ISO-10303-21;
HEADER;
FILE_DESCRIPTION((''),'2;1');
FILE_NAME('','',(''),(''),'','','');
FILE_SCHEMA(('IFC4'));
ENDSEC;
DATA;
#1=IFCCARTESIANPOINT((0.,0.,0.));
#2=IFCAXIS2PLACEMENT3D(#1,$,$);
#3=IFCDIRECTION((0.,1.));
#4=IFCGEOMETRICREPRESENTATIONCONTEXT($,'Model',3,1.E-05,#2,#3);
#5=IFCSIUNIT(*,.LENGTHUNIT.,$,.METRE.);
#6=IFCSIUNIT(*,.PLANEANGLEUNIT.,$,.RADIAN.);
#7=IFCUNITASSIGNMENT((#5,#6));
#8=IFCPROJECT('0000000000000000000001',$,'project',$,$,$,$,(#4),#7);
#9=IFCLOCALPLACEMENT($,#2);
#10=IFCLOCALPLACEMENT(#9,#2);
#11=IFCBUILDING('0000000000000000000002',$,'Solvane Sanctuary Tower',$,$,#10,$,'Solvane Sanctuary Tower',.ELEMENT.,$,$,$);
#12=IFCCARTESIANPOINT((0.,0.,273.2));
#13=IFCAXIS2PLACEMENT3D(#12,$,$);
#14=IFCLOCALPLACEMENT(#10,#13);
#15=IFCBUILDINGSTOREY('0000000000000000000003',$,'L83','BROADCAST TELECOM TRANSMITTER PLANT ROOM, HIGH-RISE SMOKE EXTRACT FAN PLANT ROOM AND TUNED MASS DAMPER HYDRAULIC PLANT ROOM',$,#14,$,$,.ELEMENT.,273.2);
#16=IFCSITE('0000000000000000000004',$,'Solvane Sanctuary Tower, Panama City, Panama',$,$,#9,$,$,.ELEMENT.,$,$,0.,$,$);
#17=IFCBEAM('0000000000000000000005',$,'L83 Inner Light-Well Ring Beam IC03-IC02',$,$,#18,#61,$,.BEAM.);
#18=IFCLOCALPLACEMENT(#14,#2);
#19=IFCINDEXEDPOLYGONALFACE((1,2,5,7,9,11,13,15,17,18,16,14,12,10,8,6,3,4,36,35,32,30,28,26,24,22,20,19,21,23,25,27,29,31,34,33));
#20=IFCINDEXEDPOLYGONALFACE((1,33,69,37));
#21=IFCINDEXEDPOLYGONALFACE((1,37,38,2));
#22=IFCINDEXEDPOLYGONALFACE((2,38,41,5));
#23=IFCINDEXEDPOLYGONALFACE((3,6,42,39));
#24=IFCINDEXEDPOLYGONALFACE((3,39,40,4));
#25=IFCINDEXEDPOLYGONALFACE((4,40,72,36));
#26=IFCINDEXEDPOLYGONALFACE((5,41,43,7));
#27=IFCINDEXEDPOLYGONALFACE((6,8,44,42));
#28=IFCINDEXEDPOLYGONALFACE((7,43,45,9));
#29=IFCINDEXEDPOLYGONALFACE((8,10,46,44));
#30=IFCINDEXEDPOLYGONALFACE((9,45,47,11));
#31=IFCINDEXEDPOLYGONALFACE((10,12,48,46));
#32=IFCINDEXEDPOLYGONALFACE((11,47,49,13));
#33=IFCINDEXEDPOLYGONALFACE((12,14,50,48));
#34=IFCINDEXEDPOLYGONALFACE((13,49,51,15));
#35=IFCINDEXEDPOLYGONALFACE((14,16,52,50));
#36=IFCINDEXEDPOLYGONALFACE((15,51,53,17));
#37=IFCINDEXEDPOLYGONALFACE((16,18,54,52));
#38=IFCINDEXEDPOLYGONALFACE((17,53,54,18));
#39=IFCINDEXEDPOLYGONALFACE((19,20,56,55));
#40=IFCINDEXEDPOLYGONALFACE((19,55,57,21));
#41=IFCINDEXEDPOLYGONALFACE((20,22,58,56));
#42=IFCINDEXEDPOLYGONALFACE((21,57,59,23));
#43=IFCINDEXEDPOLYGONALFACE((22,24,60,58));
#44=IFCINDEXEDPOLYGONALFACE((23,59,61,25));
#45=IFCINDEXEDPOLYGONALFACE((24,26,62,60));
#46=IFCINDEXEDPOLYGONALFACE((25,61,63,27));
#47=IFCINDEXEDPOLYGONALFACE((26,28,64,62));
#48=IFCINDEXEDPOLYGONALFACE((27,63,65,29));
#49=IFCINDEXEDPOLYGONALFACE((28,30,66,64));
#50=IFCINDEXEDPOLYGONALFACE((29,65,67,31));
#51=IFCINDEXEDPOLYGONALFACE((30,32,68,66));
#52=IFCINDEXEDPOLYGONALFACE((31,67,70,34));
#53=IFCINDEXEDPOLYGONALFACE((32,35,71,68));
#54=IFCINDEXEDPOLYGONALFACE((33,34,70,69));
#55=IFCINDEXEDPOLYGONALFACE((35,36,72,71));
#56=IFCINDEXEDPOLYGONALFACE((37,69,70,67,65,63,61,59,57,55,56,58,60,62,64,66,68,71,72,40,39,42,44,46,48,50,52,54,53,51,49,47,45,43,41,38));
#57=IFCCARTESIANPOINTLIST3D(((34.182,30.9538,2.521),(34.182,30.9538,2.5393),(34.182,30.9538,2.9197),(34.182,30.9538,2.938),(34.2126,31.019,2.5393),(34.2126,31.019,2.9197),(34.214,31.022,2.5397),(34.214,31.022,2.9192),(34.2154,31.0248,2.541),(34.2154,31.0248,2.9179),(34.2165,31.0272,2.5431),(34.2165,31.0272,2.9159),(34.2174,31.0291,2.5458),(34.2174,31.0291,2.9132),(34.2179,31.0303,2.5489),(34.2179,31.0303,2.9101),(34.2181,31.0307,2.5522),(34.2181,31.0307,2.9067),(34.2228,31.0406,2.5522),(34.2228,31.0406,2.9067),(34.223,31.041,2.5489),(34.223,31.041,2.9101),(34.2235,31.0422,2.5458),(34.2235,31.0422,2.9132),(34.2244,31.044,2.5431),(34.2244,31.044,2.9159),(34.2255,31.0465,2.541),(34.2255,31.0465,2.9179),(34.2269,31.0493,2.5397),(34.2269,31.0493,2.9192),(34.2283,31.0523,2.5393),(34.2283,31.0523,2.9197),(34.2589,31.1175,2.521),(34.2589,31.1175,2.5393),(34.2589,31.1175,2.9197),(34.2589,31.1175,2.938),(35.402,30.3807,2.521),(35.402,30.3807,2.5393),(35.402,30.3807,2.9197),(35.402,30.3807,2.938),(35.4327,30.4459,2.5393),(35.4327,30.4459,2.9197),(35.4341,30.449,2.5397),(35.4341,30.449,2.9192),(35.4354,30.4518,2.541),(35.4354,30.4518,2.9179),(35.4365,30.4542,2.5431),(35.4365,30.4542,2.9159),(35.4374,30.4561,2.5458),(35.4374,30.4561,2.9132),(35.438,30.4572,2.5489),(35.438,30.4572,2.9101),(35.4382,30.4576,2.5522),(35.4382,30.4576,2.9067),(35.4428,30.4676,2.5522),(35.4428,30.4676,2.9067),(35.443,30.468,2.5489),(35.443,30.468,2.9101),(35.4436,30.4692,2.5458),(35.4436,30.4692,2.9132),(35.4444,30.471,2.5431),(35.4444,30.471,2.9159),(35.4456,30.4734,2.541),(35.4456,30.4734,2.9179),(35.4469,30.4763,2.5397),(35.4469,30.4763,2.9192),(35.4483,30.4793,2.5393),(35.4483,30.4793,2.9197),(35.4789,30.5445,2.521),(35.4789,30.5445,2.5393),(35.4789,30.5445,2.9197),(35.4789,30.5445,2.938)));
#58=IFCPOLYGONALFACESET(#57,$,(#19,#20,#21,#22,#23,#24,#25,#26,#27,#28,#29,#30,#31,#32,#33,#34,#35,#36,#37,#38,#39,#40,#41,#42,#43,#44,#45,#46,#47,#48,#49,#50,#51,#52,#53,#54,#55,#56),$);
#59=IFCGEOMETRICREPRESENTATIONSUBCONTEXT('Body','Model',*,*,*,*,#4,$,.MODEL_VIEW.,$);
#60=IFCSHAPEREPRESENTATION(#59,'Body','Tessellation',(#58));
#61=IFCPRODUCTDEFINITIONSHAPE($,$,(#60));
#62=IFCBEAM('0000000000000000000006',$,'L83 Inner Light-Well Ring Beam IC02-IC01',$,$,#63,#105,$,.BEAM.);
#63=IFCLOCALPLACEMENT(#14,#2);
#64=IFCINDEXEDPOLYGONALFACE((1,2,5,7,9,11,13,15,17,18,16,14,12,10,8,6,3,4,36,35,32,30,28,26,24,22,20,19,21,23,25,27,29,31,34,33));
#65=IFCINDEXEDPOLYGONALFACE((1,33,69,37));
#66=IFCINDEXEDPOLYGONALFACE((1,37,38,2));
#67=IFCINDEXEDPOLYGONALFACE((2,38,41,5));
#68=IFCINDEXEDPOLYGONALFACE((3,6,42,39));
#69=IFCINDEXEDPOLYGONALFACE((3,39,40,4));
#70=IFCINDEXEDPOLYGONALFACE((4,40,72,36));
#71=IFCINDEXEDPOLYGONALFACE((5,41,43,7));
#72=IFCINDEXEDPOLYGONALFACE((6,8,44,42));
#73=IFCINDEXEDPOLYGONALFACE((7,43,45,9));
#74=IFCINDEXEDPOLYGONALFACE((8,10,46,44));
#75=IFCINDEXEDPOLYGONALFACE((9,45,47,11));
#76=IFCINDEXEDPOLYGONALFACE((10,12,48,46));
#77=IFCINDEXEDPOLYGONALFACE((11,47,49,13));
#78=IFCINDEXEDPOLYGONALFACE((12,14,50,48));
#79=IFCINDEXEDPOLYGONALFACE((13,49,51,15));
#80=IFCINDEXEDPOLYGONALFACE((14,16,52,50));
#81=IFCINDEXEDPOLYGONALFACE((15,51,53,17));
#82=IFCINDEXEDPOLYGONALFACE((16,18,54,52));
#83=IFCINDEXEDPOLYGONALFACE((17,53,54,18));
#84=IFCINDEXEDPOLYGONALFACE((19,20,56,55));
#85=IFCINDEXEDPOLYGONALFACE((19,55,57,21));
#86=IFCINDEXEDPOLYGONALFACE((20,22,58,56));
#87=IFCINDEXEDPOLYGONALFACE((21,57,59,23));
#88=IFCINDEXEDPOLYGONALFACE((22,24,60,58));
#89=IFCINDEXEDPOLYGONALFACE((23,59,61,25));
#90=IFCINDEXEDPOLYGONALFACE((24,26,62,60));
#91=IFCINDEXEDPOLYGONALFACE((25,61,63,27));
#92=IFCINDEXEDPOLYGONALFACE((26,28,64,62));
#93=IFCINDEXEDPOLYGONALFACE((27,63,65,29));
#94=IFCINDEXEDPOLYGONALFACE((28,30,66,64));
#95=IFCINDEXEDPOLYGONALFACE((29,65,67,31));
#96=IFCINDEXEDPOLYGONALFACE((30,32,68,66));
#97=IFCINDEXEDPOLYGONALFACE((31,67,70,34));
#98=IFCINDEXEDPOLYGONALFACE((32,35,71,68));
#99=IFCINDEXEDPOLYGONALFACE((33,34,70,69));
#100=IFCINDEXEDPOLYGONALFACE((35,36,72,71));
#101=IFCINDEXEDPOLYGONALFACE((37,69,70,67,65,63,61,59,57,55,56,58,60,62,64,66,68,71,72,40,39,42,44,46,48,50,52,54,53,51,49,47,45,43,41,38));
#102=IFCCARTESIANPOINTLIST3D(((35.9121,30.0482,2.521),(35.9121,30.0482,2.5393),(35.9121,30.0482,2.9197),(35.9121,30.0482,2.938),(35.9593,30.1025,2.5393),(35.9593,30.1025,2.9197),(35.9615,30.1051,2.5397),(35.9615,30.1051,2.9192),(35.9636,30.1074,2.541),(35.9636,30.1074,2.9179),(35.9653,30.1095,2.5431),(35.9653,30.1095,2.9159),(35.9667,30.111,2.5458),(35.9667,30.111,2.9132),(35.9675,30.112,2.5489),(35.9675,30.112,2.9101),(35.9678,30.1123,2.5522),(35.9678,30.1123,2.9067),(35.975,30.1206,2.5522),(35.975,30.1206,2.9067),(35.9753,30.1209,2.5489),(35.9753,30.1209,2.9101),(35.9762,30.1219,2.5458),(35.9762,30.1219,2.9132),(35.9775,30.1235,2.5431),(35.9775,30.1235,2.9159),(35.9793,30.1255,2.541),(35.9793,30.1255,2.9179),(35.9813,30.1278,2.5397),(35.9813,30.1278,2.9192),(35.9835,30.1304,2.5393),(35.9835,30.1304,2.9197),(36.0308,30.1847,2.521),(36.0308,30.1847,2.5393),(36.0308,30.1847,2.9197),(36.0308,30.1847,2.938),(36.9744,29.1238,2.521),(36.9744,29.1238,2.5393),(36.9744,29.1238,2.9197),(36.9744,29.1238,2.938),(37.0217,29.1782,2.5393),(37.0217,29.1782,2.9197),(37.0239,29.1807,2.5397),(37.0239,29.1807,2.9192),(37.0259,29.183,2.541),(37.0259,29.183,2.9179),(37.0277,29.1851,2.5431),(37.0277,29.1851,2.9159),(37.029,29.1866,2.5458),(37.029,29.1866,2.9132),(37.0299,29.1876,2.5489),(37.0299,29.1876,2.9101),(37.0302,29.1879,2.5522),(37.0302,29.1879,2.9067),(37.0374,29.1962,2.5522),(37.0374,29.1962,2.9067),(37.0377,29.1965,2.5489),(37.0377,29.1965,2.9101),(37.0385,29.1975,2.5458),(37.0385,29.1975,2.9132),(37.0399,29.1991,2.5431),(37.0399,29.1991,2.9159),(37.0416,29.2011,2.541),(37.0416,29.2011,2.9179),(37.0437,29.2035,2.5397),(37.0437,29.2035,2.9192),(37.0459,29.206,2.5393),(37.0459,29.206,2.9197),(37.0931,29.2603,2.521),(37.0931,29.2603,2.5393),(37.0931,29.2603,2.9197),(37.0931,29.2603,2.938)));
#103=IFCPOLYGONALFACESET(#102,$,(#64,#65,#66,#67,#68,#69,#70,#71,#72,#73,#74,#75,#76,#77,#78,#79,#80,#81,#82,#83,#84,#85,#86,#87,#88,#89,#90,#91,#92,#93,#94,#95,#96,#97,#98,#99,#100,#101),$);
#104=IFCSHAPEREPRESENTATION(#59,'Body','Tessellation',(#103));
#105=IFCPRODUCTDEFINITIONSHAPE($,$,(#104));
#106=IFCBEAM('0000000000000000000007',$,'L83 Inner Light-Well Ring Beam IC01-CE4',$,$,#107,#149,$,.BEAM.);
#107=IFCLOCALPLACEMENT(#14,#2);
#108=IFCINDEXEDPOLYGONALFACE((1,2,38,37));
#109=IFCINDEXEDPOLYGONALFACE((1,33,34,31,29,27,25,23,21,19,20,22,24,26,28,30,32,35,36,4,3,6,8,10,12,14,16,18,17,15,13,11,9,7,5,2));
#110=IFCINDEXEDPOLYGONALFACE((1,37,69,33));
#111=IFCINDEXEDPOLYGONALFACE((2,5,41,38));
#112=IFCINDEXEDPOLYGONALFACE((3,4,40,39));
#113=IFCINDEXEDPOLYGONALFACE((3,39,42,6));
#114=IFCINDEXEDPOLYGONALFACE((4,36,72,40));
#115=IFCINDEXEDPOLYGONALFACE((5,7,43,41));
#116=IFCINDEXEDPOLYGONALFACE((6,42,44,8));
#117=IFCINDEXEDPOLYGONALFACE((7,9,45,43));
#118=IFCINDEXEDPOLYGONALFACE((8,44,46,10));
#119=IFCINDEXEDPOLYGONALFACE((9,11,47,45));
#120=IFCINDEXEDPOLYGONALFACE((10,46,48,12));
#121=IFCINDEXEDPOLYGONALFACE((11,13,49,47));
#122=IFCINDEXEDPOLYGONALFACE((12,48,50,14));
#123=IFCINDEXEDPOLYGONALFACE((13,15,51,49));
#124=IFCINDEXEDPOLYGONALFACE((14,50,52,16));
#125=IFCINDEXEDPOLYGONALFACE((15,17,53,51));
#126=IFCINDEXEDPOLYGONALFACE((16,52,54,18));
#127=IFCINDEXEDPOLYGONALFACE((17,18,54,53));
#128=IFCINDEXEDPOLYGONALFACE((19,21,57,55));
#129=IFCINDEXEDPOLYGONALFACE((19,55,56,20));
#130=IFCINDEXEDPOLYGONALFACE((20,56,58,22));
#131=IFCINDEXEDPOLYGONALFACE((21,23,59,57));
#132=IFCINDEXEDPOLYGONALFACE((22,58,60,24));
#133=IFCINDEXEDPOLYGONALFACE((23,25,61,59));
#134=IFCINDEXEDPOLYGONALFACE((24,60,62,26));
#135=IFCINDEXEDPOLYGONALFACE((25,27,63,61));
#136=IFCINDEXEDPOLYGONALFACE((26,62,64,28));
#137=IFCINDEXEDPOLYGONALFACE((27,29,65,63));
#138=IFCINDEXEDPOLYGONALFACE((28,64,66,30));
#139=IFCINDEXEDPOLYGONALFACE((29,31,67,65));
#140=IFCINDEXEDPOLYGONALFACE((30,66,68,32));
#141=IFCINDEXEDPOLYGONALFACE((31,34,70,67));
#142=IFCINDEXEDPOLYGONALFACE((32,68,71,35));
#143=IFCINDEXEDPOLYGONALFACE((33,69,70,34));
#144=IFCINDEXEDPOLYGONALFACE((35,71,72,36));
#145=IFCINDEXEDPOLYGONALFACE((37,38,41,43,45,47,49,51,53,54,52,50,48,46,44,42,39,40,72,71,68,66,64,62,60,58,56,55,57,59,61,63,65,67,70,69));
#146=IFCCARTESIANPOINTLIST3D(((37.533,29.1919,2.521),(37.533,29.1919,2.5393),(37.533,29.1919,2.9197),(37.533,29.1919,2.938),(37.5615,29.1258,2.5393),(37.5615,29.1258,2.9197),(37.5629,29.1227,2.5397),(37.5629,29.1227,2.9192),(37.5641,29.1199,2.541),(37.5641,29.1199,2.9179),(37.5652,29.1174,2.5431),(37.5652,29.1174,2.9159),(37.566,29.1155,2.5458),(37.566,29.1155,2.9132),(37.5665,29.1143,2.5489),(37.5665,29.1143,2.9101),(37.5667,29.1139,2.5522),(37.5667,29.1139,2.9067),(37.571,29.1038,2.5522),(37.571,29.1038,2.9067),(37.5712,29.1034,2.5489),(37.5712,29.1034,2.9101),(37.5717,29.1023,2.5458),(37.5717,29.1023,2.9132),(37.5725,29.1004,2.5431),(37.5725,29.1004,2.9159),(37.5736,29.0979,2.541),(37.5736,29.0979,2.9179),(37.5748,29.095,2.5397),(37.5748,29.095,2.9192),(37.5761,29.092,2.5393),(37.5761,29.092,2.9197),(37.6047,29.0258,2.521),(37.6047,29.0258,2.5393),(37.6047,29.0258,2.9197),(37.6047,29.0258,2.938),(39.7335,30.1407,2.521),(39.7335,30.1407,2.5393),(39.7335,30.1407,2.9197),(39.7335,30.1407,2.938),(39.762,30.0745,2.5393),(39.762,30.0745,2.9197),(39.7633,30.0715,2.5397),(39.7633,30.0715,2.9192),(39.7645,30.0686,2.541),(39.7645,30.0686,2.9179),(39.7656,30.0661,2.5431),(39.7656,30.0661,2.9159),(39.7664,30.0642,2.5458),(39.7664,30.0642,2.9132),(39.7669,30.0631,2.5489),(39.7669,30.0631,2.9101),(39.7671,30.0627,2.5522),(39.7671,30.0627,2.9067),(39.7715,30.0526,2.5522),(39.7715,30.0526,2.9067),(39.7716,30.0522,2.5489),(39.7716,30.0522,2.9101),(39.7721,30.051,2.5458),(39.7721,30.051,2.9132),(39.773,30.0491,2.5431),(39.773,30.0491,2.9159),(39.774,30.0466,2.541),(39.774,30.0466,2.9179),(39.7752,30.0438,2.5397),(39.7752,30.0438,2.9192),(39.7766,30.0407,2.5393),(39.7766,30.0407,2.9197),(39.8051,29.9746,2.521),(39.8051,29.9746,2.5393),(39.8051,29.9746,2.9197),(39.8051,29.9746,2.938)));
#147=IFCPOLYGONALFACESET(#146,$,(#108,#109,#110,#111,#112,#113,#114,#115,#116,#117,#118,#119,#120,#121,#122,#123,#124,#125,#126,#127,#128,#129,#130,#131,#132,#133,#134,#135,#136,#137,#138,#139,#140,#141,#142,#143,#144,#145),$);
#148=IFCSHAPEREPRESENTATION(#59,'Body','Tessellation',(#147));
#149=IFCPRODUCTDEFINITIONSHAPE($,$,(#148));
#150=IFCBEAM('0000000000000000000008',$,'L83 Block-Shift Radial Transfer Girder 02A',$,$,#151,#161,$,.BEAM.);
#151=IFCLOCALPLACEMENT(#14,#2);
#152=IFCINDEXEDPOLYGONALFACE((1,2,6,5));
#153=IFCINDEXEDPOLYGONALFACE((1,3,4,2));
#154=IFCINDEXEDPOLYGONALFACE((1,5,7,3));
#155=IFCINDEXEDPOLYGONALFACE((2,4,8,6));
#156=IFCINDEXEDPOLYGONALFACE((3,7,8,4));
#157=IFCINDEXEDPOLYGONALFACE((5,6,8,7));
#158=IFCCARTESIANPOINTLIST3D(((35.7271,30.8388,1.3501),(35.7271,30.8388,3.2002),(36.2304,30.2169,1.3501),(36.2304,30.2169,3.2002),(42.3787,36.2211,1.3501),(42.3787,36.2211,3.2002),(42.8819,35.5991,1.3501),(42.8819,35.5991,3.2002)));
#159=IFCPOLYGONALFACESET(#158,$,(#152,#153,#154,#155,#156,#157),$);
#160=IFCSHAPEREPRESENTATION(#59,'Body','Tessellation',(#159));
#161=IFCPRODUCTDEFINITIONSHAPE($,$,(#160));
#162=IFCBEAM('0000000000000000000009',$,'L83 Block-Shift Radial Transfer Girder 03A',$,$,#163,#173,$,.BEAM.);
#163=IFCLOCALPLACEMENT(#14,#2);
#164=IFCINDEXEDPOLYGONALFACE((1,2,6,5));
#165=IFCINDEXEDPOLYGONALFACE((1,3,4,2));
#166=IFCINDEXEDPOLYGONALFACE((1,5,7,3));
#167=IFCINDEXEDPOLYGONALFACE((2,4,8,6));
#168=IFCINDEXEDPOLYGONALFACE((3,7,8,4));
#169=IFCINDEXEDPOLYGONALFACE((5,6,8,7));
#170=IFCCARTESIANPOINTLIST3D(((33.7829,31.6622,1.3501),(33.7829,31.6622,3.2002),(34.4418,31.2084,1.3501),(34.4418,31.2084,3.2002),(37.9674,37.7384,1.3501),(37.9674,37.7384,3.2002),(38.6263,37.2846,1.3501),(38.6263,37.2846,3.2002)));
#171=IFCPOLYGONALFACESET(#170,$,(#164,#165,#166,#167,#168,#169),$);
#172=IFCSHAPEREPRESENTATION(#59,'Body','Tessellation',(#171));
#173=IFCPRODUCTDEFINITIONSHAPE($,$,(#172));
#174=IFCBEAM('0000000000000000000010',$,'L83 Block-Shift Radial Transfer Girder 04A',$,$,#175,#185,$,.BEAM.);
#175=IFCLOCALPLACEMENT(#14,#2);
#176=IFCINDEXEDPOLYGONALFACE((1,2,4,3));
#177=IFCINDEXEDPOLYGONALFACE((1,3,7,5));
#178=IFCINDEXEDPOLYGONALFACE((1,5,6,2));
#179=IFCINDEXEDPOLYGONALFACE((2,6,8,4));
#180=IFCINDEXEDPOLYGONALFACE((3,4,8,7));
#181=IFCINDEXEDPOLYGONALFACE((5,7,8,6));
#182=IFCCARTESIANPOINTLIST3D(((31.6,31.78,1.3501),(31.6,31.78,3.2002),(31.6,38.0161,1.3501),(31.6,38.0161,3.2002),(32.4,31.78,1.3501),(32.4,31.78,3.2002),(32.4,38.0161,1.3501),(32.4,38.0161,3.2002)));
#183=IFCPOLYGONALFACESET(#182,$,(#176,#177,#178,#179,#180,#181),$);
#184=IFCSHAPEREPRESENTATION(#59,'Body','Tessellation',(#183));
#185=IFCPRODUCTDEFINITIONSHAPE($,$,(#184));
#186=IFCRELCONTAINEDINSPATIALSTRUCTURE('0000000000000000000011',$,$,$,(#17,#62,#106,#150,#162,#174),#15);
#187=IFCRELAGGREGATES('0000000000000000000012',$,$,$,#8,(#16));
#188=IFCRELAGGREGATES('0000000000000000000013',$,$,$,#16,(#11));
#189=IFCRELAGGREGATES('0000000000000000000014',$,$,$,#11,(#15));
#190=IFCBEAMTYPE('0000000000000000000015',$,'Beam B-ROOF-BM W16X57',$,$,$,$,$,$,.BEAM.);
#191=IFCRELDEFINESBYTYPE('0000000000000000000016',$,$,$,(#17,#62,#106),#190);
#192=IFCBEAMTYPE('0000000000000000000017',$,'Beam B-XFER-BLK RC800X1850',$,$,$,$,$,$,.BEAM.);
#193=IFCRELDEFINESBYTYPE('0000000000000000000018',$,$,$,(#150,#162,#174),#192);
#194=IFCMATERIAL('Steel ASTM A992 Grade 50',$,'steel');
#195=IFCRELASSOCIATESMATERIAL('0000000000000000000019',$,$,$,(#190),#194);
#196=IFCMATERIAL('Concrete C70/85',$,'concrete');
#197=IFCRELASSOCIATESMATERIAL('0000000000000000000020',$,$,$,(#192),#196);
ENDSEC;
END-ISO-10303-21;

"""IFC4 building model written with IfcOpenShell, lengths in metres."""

from ifc_helpers import new_model, si_unit, direction, frame, origin, origin_2d, place, context, subcontext, project, spatial, rectangle, i_section, extrude, material, material_profile, profile_set, type_object, element, save


model = new_model("IFC4")

# Units and contexts
model_context = context("Model", 3, precision=1e-05, world=origin(), true_north=direction((0.0, 1.0)))
body_context = subcontext(model_context, "Body", "Model", "MODEL_VIEW")
ifc_project = project(units=[si_unit("LENGTHUNIT", "METRE"), si_unit("PLANEANGLEUNIT", "RADIAN")], contexts=[model_context])

# Site, building, storey
site_placement = place(None, origin())
site = spatial("IfcSite", under=ifc_project, at=site_placement, Name="Solvane Sanctuary Tower, Panama City, Panama", CompositionType="ELEMENT", RefElevation=0.0)
building_placement = place(site_placement, origin())
building = spatial("IfcBuilding", under=site, at=building_placement, Name="Solvane Sanctuary Tower", LongName="Solvane Sanctuary Tower", CompositionType="ELEMENT")
storey_placement = place(building_placement, frame((0.0, 0.0, 273.2)))
storey = spatial("IfcBuildingStorey", under=building, at=storey_placement, Name="L83", Description="BROADCAST TELECOM TRANSMITTER PLANT ROOM, HIGH-RISE SMOKE EXTRACT FAN PLANT ROOM AND TUNED MASS DAMPER HYDRAULIC PLANT ROOM", CompositionType="ELEMENT", Elevation=273.2)

# Beams
ifc_material_1 = material(Name="Steel ASTM A992 Grade 50", Category="steel")
ifc_material_profile_1 = material_profile(ifc_material_1, i_section(OverallWidth=0.1809, OverallDepth=0.417, WebThickness=0.011, FlangeThickness=0.0183, FilletRadius=0.0129, at=origin_2d()), Name="W16X57")
ifc_profile_set_1 = profile_set([ifc_material_profile_1], Name="Steel ASTM A992 Grade 50")
beam_type_1 = type_object("IfcBeamType", Name="Beam B-ROOF-BM W16X57", PredefinedType="BEAM", material=ifc_profile_set_1)
beam_1_placement = place(storey_placement, frame((34.2205, 31.0356, 2.7295), z_axis=(0.905135, -0.425125, 0.0), x_axis=(0.425125, 0.905135, 0.0)))
element("IfcBeam", 1, at=beam_1_placement, inside=storey, type_object=beam_type_1, Name="L83 Inner Light-Well Ring Beam IC03-IC02", PredefinedType="BEAM", context=body_context, shape_type="SweptSolid", body=[
    extrude(i_section(OverallWidth=0.1809, OverallDepth=0.417, WebThickness=0.011, FlangeThickness=0.0183, FilletRadius=0.0129, at=origin_2d()), origin(), (0.0, 0.0, 1.0), 1.3479),
])
beam_2_placement = place(storey_placement, frame((35.9714, 30.1165, 2.7295), z_axis=(0.754389, -0.656428, 0.0), x_axis=(0.656428, 0.754389, 0.0)))
element("IfcBeam", 2, at=beam_2_placement, inside=storey, type_object=beam_type_1, Name="L83 Inner Light-Well Ring Beam IC02-IC01", PredefinedType="BEAM", context=body_context, shape_type="SweptSolid", body=[
    extrude(i_section(OverallWidth=0.1809, OverallDepth=0.417, WebThickness=0.011, FlangeThickness=0.0183, FilletRadius=0.0129, at=origin_2d()), origin(), (0.0, 0.0, 1.0), 1.4082),
])
beam_3_placement = place(storey_placement, frame((37.5688, 29.1089, 2.7295), z_axis=(0.918284, 0.395923, 0.0), x_axis=(-0.395923, 0.918284, 0.0)))
element("IfcBeam", 3, at=beam_3_placement, inside=storey, type_object=beam_type_1, Name="L83 Inner Light-Well Ring Beam IC01-CE4", PredefinedType="BEAM", context=body_context, shape_type="SweptSolid", body=[
    extrude(i_section(OverallWidth=0.1809, OverallDepth=0.417, WebThickness=0.011, FlangeThickness=0.0183, FilletRadius=0.0129, at=origin_2d()), origin(), (0.0, 0.0, 1.0), 2.3962),
])
ifc_material_2 = material(Name="Concrete C70/85", Category="concrete")
ifc_material_profile_2 = material_profile(ifc_material_2, rectangle(XDim=0.8, YDim=1.8501, at=origin_2d()), Name="RC800X1850")
ifc_profile_set_2 = profile_set([ifc_material_profile_2], Name="Concrete C70/85")
beam_type_2 = type_object("IfcBeamType", Name="Beam B-XFER-BLK RC800X1850", PredefinedType="BEAM", material=ifc_profile_set_2)
beam_4_placement = place(storey_placement, frame((35.9788, 30.5278, 2.2751), z_axis=(0.777377, 0.629035, 0.0), x_axis=(-0.629035, 0.777377, 0.0)))
element("IfcBeam", 4, at=beam_4_placement, inside=storey, type_object=beam_type_2, Name="L83 Block-Shift Radial Transfer Girder 02A", PredefinedType="BEAM", context=body_context, shape_type="SweptSolid", body=[
    extrude(rectangle(XDim=0.8, YDim=1.8501, at=origin_2d()), origin(), (0.0, 0.0, 1.0), 8.5564),
])
beam_5_placement = place(storey_placement, frame((34.1123, 31.4353, 2.2751), z_axis=(0.567192, 0.823586, 0.0), x_axis=(-0.823586, 0.567192, 0.0)))
element("IfcBeam", 5, at=beam_5_placement, inside=storey, type_object=beam_type_2, Name="L83 Block-Shift Radial Transfer Girder 03A", PredefinedType="BEAM", context=body_context, shape_type="SweptSolid", body=[
    extrude(rectangle(XDim=0.8, YDim=1.8501, at=origin_2d()), origin(), (0.0, 0.0, 1.0), 7.3777),
])
beam_6_placement = place(storey_placement, frame((32.0, 31.78, 2.2751), z_axis=(0.0, 1.0, 0.0), x_axis=(-1.0, 0.0, 0.0)))
element("IfcBeam", 6, at=beam_6_placement, inside=storey, type_object=beam_type_2, Name="L83 Block-Shift Radial Transfer Girder 04A", PredefinedType="BEAM", context=body_context, shape_type="SweptSolid", body=[
    extrude(rectangle(XDim=0.8, YDim=1.8501, at=origin_2d()), origin(), (0.0, 0.0, 1.0), 6.2361),
])

save(model, "model.ifc")
